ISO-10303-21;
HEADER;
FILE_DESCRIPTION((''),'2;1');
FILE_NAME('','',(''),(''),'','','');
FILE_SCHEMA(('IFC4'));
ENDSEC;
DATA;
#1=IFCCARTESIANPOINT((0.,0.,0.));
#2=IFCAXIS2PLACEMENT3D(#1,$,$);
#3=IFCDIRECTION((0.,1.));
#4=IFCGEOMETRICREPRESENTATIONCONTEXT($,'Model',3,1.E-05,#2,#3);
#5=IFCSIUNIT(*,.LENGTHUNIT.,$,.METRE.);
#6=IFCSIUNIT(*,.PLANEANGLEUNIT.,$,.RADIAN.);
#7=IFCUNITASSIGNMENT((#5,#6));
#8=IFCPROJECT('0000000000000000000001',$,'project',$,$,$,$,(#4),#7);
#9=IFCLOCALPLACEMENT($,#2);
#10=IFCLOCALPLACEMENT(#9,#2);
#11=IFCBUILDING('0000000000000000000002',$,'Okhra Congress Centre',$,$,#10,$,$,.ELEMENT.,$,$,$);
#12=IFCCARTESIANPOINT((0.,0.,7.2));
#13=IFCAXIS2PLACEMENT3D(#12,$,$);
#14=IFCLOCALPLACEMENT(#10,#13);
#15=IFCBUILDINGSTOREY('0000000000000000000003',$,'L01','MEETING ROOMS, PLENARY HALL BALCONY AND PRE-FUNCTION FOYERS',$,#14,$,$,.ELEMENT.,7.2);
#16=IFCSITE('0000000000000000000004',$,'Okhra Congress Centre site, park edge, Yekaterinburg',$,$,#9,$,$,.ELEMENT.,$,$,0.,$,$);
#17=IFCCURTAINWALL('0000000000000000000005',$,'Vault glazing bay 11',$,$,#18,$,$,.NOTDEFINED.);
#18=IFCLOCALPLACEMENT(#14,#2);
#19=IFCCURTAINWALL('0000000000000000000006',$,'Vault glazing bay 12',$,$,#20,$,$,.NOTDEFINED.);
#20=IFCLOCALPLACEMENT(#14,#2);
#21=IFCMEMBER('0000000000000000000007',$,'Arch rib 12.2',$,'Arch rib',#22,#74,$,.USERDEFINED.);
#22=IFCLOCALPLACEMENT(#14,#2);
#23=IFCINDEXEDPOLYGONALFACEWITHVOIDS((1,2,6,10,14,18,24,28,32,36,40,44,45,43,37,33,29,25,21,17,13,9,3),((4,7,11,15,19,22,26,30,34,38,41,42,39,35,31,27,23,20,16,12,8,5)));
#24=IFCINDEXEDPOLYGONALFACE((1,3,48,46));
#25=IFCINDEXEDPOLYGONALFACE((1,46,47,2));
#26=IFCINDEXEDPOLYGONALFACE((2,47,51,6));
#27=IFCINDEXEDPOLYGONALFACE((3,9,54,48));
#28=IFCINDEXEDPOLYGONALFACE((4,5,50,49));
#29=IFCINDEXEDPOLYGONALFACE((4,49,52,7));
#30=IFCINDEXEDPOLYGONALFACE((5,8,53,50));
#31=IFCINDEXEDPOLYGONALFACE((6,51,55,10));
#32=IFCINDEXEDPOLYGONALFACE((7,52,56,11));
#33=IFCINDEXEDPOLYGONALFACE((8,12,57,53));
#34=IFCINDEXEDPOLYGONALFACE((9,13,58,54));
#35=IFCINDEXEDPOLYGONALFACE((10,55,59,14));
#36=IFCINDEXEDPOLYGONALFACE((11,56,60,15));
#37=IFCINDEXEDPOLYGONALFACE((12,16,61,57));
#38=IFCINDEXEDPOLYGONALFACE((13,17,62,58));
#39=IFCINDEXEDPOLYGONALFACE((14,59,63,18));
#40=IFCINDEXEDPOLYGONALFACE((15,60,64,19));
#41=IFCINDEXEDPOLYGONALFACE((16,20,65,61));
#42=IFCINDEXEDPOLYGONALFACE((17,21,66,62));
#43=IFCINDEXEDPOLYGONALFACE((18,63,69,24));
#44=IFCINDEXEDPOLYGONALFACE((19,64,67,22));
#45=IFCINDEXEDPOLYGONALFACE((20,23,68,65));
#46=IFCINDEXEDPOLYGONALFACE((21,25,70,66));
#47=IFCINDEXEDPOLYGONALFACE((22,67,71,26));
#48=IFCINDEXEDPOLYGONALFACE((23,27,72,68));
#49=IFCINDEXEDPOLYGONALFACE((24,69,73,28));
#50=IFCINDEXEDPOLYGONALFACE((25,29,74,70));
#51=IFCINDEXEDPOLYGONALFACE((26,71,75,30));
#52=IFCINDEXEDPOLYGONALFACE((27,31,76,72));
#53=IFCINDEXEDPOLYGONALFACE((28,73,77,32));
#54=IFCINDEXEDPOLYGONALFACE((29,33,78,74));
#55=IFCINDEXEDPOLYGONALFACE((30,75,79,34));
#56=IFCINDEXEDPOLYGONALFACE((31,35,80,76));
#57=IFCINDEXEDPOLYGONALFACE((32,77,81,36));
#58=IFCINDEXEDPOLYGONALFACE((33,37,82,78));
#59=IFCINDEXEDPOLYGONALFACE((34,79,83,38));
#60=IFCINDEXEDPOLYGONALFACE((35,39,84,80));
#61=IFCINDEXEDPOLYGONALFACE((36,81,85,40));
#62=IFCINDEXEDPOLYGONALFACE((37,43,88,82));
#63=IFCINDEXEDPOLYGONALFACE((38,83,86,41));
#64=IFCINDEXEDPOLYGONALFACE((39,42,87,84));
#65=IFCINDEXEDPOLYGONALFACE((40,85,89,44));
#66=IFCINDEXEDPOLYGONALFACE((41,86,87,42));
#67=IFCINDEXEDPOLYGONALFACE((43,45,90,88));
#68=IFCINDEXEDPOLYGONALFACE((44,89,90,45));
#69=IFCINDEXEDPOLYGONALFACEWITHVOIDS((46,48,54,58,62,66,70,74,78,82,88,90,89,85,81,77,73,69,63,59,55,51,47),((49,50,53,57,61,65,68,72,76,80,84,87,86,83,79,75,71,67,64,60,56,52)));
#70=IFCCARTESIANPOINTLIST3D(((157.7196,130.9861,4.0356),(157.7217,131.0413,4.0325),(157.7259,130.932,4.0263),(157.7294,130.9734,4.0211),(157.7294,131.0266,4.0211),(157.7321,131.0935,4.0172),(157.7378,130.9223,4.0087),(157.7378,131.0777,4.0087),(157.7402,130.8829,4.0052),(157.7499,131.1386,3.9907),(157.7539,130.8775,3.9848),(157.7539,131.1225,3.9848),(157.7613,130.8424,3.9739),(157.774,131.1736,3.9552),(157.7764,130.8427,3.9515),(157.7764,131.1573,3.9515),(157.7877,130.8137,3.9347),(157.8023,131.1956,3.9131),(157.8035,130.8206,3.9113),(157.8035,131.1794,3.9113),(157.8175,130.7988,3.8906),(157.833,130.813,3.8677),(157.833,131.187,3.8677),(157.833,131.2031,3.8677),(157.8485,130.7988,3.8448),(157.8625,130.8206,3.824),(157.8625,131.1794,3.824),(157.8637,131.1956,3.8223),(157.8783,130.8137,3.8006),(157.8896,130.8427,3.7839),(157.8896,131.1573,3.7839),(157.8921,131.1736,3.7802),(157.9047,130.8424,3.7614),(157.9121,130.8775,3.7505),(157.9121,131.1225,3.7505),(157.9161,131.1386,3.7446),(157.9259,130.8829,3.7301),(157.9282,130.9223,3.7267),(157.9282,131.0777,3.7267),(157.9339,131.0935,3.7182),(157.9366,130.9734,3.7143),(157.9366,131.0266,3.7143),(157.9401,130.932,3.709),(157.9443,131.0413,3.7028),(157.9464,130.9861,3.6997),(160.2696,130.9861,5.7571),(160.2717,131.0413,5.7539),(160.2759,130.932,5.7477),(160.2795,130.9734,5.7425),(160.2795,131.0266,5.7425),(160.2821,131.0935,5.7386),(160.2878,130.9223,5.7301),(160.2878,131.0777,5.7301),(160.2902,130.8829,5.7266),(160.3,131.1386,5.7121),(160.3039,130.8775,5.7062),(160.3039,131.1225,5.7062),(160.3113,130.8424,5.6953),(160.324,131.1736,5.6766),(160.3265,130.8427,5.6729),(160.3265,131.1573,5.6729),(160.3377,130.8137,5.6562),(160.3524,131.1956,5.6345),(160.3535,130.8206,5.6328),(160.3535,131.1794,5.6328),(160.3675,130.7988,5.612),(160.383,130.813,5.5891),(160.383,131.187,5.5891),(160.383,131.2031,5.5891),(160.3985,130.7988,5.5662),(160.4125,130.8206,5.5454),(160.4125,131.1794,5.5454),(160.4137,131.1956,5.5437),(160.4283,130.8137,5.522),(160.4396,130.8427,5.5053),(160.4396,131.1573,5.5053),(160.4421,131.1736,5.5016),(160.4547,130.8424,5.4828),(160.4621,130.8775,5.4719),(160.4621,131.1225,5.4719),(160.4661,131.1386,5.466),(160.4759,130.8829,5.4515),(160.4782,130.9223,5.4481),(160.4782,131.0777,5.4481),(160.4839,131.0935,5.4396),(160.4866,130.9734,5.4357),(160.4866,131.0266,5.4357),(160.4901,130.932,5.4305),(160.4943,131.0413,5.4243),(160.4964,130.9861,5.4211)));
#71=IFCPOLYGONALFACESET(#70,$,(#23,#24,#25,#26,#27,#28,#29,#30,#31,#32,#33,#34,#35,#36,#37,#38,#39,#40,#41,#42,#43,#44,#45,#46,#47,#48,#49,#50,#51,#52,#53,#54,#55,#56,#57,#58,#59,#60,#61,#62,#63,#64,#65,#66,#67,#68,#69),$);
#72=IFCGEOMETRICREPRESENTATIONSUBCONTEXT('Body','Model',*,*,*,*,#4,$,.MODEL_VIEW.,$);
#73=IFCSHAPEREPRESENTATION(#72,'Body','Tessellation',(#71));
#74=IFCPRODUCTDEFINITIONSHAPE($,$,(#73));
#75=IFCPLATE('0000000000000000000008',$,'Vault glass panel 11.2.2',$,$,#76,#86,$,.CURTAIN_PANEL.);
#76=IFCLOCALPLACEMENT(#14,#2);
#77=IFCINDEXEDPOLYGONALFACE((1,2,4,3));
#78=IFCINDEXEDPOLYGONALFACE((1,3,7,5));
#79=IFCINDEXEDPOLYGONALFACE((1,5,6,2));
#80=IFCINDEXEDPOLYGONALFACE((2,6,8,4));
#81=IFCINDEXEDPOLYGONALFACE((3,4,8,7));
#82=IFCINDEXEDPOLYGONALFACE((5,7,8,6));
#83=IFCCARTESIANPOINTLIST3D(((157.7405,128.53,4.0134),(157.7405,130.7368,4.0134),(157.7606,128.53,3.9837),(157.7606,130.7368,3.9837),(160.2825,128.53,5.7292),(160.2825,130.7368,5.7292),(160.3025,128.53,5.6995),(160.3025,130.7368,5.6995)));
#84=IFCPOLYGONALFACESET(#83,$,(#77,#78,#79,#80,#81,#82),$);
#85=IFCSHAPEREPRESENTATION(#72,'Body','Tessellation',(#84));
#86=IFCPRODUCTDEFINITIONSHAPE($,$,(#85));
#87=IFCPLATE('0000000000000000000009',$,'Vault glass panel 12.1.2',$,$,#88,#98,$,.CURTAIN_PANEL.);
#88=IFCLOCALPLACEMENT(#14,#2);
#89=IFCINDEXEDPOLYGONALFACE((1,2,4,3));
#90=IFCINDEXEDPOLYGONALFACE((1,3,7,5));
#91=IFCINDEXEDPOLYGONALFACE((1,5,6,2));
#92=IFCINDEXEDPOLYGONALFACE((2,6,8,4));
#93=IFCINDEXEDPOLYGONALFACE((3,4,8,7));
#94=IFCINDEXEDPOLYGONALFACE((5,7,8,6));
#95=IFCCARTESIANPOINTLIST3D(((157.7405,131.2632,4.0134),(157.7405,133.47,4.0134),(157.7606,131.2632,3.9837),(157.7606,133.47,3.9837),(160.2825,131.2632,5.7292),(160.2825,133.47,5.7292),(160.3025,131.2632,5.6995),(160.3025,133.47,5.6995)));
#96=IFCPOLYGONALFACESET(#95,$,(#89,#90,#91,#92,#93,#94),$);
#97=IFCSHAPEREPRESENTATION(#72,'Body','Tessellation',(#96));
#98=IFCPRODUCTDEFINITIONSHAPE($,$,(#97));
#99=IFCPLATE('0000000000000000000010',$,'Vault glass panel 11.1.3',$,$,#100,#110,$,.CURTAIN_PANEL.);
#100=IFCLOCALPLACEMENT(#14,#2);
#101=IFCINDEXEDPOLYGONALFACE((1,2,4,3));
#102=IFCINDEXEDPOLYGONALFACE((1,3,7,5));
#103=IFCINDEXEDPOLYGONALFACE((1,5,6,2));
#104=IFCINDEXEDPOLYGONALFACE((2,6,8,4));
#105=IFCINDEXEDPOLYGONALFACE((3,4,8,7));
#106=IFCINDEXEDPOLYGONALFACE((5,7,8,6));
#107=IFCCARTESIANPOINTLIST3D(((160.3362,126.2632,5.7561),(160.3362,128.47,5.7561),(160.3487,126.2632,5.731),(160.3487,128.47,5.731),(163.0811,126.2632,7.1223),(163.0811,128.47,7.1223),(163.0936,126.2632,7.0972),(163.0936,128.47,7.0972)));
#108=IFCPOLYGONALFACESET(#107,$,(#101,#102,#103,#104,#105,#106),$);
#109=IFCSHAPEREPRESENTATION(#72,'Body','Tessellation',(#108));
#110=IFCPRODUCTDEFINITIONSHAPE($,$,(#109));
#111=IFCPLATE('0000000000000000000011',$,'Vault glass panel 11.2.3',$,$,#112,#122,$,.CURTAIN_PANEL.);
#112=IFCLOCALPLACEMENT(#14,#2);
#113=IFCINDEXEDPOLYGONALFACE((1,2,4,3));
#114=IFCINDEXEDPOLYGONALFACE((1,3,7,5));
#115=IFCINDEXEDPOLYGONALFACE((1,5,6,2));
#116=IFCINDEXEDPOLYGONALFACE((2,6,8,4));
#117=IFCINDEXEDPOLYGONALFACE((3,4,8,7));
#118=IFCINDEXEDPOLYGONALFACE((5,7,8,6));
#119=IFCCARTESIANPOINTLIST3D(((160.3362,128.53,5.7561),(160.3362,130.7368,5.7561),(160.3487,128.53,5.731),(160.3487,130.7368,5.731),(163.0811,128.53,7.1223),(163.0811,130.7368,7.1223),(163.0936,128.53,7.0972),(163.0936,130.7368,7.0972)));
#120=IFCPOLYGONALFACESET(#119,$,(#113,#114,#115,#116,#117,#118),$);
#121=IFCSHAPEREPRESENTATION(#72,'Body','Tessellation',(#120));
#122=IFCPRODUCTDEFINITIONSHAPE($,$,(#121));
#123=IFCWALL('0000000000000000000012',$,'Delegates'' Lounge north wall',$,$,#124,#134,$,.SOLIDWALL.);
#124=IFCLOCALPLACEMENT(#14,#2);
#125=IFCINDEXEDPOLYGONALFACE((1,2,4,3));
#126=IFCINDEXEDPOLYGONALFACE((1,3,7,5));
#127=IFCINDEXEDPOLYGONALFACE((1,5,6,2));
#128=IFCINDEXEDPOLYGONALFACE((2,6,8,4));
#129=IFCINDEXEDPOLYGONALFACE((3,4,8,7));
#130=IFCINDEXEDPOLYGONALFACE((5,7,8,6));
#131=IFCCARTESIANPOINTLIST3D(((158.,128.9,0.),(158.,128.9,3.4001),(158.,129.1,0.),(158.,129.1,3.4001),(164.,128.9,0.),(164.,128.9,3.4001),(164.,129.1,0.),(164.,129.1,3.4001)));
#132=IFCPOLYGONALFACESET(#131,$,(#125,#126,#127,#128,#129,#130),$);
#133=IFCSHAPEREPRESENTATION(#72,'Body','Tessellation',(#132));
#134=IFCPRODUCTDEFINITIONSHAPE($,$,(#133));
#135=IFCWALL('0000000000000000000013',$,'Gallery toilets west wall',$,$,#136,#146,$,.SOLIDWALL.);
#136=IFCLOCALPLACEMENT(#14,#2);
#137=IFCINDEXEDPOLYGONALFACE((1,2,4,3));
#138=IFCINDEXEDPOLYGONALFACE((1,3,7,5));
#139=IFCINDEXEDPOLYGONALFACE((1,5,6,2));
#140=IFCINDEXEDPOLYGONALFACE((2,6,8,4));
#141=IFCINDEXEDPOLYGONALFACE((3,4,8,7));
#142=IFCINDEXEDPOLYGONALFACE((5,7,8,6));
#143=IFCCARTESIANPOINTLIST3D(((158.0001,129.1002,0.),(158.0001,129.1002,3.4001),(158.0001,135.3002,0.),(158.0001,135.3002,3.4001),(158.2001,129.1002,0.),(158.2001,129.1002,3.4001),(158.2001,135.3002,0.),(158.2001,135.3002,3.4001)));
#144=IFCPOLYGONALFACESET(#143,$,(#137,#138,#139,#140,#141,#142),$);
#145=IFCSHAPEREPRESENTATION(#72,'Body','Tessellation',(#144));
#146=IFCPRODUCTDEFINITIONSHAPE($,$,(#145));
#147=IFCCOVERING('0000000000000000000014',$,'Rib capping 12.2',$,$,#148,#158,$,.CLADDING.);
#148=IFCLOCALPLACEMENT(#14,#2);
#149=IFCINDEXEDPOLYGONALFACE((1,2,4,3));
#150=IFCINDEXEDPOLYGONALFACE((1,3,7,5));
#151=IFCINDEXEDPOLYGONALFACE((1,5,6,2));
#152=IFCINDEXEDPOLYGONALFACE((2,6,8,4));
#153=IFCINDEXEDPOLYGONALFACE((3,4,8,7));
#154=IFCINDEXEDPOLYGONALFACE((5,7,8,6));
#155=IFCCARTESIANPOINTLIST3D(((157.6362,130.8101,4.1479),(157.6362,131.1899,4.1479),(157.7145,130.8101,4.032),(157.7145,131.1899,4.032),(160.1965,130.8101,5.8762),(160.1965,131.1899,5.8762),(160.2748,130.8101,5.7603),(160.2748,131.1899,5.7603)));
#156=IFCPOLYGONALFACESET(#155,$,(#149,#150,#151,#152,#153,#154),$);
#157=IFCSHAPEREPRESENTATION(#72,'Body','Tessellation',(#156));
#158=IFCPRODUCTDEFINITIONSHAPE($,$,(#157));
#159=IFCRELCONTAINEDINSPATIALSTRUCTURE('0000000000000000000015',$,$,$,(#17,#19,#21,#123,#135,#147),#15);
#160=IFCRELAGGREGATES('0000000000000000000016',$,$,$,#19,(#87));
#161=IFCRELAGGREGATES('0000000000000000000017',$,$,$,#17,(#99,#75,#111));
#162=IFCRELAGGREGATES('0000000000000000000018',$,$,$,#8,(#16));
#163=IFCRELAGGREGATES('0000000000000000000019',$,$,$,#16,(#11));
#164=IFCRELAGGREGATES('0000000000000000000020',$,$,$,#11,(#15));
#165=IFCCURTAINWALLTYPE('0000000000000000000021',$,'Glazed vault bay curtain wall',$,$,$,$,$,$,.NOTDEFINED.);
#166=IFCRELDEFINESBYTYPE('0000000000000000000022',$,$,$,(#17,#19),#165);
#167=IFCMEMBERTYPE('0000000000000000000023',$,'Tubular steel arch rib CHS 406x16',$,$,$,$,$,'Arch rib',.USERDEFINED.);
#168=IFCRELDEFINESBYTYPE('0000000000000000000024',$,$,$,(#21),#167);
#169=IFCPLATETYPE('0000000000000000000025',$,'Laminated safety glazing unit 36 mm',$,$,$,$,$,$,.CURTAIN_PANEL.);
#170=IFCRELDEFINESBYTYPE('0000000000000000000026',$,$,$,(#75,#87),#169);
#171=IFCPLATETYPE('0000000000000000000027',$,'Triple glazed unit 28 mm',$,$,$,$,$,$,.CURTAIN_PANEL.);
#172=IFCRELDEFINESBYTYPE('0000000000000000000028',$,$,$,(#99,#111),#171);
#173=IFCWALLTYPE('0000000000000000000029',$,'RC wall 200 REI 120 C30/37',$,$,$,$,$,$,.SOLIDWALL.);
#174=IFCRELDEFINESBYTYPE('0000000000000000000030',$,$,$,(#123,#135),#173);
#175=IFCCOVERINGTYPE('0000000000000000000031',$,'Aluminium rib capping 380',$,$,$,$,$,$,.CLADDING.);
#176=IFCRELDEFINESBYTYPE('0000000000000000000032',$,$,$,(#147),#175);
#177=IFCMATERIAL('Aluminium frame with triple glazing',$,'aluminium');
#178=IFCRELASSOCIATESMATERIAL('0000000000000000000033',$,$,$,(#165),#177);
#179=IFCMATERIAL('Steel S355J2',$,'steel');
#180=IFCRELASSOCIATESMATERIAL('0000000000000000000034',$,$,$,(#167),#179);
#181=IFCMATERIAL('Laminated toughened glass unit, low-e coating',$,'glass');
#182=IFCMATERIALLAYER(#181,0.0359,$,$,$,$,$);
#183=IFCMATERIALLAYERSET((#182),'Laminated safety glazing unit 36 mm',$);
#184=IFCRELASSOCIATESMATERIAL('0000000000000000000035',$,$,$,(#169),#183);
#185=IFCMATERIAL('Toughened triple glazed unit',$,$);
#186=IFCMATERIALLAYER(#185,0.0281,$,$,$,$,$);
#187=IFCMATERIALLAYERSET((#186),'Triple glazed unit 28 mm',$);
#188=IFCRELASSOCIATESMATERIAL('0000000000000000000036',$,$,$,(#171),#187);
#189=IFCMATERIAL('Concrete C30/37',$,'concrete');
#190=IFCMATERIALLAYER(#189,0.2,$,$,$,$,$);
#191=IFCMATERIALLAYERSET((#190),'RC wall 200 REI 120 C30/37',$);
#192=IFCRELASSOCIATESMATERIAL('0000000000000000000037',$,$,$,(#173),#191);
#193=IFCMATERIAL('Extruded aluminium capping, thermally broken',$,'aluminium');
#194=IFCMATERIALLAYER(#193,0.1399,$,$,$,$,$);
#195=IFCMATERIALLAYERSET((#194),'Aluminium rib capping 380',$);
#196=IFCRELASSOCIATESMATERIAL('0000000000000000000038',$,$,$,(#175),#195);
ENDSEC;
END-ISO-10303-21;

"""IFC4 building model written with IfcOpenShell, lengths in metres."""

from ifc_helpers import new_model, si_unit, direction, frame, frame_2d, origin, origin_2d, place, context, subcontext, project, spatial, polyline, rectangle, hollow_circle, outline, extrude, material, layer, layer_set, material_profile, profile_set, type_object, element, aggregate, save


model = new_model("IFC4")

# Units and contexts
model_context = context("Model", 3, precision=1e-05, world=origin(), true_north=direction((0.0, 1.0)))
body_context = subcontext(model_context, "Body", "Model", "MODEL_VIEW")
ifc_project = project(units=[si_unit("LENGTHUNIT", "METRE"), si_unit("PLANEANGLEUNIT", "RADIAN")], contexts=[model_context])

# Site, building, storey
site_placement = place(None, origin())
site = spatial("IfcSite", under=ifc_project, at=site_placement, Name="Okhra Congress Centre site, park edge, Yekaterinburg", CompositionType="ELEMENT", RefElevation=0.0)
building_placement = place(site_placement, origin())
building = spatial("IfcBuilding", under=site, at=building_placement, Name="Okhra Congress Centre", CompositionType="ELEMENT")
storey_placement = place(building_placement, frame((0.0, 0.0, 7.2)))
storey = spatial("IfcBuildingStorey", under=building, at=storey_placement, Name="L01", Description="MEETING ROOMS, PLENARY HALL BALCONY AND PRE-FUNCTION FOYERS", CompositionType="ELEMENT", Elevation=7.2)

# Curtain walls
ifc_material_1 = material(Name="Aluminium frame with triple glazing", Category="aluminium")
curtain_wall_type = type_object("IfcCurtainWallType", Name="Glazed vault bay curtain wall", PredefinedType="NOTDEFINED", material=ifc_material_1)
curtain_wall_1_placement = place(storey_placement, origin())
curtain_wall_1 = element("IfcCurtainWall", 1, at=curtain_wall_1_placement, inside=storey, type_object=curtain_wall_type, Name="Vault glazing bay 11", PredefinedType="NOTDEFINED")
curtain_wall_2_placement = place(storey_placement, origin())
curtain_wall_2 = element("IfcCurtainWall", 2, at=curtain_wall_2_placement, inside=storey, type_object=curtain_wall_type, Name="Vault glazing bay 12", PredefinedType="NOTDEFINED")

# Member
ifc_material_2 = material(Name="Steel S355J2", Category="steel")
ifc_material_profile_1 = material_profile(ifc_material_2, hollow_circle(Radius=0.2031, WallThickness=0.0161, at=origin_2d()), Name="CHS 406.4x16")
ifc_profile_set_1 = profile_set([ifc_material_profile_1], Name="Steel S355J2")
member_type_1 = type_object("IfcMemberType", Name="Tubular steel arch rib CHS 406x16", ElementType="Arch rib", PredefinedType="USERDEFINED", material=ifc_profile_set_1)
member_1_placement = place(storey_placement, frame((157.833, 131.0, 3.8677), z_axis=(0.828826, 0.0, 0.559507), x_axis=(0.0, 1.0, 0.0)))
element("IfcMember", 3, at=member_1_placement, inside=storey, type_object=member_type_1, Name="Arch rib 12.2", ObjectType="Arch rib", PredefinedType="USERDEFINED", context=body_context, shape_type="SweptSolid", body=[
    extrude(hollow_circle(Radius=0.2031, WallThickness=0.0161, at=origin_2d()), origin(), (0.0, 0.0, 1.0), 3.0767),
])

# Plates
ifc_material_3 = material(Name="Laminated toughened glass unit, low-e coating", Category="glass")
ifc_layer_1 = layer(ifc_material_3, 0.0359)
ifc_layer_set_1 = layer_set([ifc_layer_1], Name="Laminated safety glazing unit 36 mm")
plate_type_1 = type_object("IfcPlateType", Name="Laminated safety glazing unit 36 mm", PredefinedType="CURTAIN_PANEL", material=ifc_layer_set_1)
plate_1_placement = place(storey_placement, frame((157.7405, 128.53, 4.0134), z_axis=(-0.559467, 0.0, 0.828852), x_axis=(0.828852, 0.0, 0.559467)))
plate_1 = element("IfcPlate", 4, at=plate_1_placement, type_object=plate_type_1, Name="Vault glass panel 11.2.2", PredefinedType="CURTAIN_PANEL", context=body_context, shape_type="SweptSolid", body=[
    extrude(outline(polyline([(0.0, 0.0), (3.0669, 0.0), (3.0669, 2.2068), (0.0, 2.2068), (0.0, 0.0)])), origin(), (0.0, 0.0, -1.0), 0.0359),
])
plate_2_placement = place(storey_placement, frame((157.7405, 131.2632, 4.0134), z_axis=(-0.559467, 0.0, 0.828852), x_axis=(0.828852, 0.0, 0.559467)))
plate_2 = element("IfcPlate", 5, at=plate_2_placement, type_object=plate_type_1, Name="Vault glass panel 12.1.2", PredefinedType="CURTAIN_PANEL", context=body_context, shape_type="SweptSolid", body=[
    extrude(outline(polyline([(0.0, 0.0), (3.0669, 0.0), (3.0669, 2.2068), (0.0, 2.2068), (0.0, 0.0)])), origin(), (0.0, 0.0, -1.0), 0.0359),
])
aggregate(curtain_wall_2, [plate_2])
ifc_material_4 = material(Name="Toughened triple glazed unit")
ifc_layer_2 = layer(ifc_material_4, 0.0281)
ifc_layer_set_2 = layer_set([ifc_layer_2], Name="Triple glazed unit 28 mm")
plate_type_2 = type_object("IfcPlateType", Name="Triple glazed unit 28 mm", PredefinedType="CURTAIN_PANEL", material=ifc_layer_set_2)
plate_3_placement = place(storey_placement, frame((160.3362, 126.2632, 5.7561), z_axis=(-0.445588, 0.0, 0.895238), x_axis=(0.895238, 0.0, 0.445588)))
plate_3 = element("IfcPlate", 6, at=plate_3_placement, type_object=plate_type_2, Name="Vault glass panel 11.1.3", PredefinedType="CURTAIN_PANEL", context=body_context, shape_type="SweptSolid", body=[
    extrude(outline(polyline([(0.0, 0.0), (3.0661, 0.0), (3.0661, 2.2068), (0.0, 2.2068), (0.0, 0.0)])), origin(), (0.0, 0.0, -1.0), 0.0281),
])
plate_4_placement = place(storey_placement, frame((160.3362, 128.53, 5.7561), z_axis=(-0.445588, 0.0, 0.895238), x_axis=(0.895238, 0.0, 0.445588)))
plate_4 = element("IfcPlate", 7, at=plate_4_placement, type_object=plate_type_2, Name="Vault glass panel 11.2.3", PredefinedType="CURTAIN_PANEL", context=body_context, shape_type="SweptSolid", body=[
    extrude(outline(polyline([(0.0, 0.0), (3.0661, 0.0), (3.0661, 2.2068), (0.0, 2.2068), (0.0, 0.0)])), origin(), (0.0, 0.0, -1.0), 0.0281),
])
aggregate(curtain_wall_1, [plate_3, plate_1, plate_4])

# Walls
ifc_material_5 = material(Name="Concrete C30/37", Category="concrete")
ifc_layer_3 = layer(ifc_material_5, 0.2)
ifc_layer_set_3 = layer_set([ifc_layer_3], Name="RC wall 200 REI 120 C30/37")
wall_type = type_object("IfcWallType", Name="RC wall 200 REI 120 C30/37", PredefinedType="SOLIDWALL", material=ifc_layer_set_3)
wall_1_placement = place(storey_placement, frame((158.0, 129.0, 0.0), z_axis=(0.0, 0.0, 1.0), x_axis=(1.0, 0.0, 0.0)))
element("IfcWall", 8, at=wall_1_placement, inside=storey, type_object=wall_type, Name="Delegates' Lounge north wall", PredefinedType="SOLIDWALL", context=body_context, shape_type="SweptSolid", body=[
    extrude(rectangle(XDim=6.0, YDim=0.2, at=frame_2d((3.0, 0.0))), origin(), (0.0, 0.0, 1.0), 3.4001),
])
wall_2_placement = place(storey_placement, frame((158.1001, 129.1001, 0.0), z_axis=(0.0, 0.0, 1.0), x_axis=(0.0, 1.0, 0.0)))
element("IfcWall", 9, at=wall_2_placement, inside=storey, type_object=wall_type, Name="Gallery toilets west wall", PredefinedType="SOLIDWALL", context=body_context, shape_type="SweptSolid", body=[
    extrude(rectangle(XDim=6.2, YDim=0.2, at=frame_2d((3.1001, 0.0))), origin(), (0.0, 0.0, 1.0), 3.4001),
])

# Covering
ifc_material_6 = material(Name="Extruded aluminium capping, thermally broken", Category="aluminium")
ifc_layer_4 = layer(ifc_material_6, 0.1399)
ifc_layer_set_4 = layer_set([ifc_layer_4], Name="Aluminium rib capping 380")
covering_type = type_object("IfcCoveringType", Name="Aluminium rib capping 380", PredefinedType="CLADDING", material=ifc_layer_set_4)
covering_placement = place(storey_placement, frame((157.6362, 130.8101, 4.1479), z_axis=(-0.559488, 0.0, 0.828839), x_axis=(0.828839, 0.0, 0.559488)))
element("IfcCovering", 10, at=covering_placement, inside=storey, type_object=covering_type, Name="Rib capping 12.2", PredefinedType="CLADDING", context=body_context, shape_type="SweptSolid", body=[
    extrude(outline(polyline([(0.0, 0.0), (3.089, 0.0), (3.089, 0.3799), (0.0, 0.3799), (0.0, 0.0)])), origin(), (0.0, 0.0, -1.0), 0.1399),
])

save(model, "model.ifc")
